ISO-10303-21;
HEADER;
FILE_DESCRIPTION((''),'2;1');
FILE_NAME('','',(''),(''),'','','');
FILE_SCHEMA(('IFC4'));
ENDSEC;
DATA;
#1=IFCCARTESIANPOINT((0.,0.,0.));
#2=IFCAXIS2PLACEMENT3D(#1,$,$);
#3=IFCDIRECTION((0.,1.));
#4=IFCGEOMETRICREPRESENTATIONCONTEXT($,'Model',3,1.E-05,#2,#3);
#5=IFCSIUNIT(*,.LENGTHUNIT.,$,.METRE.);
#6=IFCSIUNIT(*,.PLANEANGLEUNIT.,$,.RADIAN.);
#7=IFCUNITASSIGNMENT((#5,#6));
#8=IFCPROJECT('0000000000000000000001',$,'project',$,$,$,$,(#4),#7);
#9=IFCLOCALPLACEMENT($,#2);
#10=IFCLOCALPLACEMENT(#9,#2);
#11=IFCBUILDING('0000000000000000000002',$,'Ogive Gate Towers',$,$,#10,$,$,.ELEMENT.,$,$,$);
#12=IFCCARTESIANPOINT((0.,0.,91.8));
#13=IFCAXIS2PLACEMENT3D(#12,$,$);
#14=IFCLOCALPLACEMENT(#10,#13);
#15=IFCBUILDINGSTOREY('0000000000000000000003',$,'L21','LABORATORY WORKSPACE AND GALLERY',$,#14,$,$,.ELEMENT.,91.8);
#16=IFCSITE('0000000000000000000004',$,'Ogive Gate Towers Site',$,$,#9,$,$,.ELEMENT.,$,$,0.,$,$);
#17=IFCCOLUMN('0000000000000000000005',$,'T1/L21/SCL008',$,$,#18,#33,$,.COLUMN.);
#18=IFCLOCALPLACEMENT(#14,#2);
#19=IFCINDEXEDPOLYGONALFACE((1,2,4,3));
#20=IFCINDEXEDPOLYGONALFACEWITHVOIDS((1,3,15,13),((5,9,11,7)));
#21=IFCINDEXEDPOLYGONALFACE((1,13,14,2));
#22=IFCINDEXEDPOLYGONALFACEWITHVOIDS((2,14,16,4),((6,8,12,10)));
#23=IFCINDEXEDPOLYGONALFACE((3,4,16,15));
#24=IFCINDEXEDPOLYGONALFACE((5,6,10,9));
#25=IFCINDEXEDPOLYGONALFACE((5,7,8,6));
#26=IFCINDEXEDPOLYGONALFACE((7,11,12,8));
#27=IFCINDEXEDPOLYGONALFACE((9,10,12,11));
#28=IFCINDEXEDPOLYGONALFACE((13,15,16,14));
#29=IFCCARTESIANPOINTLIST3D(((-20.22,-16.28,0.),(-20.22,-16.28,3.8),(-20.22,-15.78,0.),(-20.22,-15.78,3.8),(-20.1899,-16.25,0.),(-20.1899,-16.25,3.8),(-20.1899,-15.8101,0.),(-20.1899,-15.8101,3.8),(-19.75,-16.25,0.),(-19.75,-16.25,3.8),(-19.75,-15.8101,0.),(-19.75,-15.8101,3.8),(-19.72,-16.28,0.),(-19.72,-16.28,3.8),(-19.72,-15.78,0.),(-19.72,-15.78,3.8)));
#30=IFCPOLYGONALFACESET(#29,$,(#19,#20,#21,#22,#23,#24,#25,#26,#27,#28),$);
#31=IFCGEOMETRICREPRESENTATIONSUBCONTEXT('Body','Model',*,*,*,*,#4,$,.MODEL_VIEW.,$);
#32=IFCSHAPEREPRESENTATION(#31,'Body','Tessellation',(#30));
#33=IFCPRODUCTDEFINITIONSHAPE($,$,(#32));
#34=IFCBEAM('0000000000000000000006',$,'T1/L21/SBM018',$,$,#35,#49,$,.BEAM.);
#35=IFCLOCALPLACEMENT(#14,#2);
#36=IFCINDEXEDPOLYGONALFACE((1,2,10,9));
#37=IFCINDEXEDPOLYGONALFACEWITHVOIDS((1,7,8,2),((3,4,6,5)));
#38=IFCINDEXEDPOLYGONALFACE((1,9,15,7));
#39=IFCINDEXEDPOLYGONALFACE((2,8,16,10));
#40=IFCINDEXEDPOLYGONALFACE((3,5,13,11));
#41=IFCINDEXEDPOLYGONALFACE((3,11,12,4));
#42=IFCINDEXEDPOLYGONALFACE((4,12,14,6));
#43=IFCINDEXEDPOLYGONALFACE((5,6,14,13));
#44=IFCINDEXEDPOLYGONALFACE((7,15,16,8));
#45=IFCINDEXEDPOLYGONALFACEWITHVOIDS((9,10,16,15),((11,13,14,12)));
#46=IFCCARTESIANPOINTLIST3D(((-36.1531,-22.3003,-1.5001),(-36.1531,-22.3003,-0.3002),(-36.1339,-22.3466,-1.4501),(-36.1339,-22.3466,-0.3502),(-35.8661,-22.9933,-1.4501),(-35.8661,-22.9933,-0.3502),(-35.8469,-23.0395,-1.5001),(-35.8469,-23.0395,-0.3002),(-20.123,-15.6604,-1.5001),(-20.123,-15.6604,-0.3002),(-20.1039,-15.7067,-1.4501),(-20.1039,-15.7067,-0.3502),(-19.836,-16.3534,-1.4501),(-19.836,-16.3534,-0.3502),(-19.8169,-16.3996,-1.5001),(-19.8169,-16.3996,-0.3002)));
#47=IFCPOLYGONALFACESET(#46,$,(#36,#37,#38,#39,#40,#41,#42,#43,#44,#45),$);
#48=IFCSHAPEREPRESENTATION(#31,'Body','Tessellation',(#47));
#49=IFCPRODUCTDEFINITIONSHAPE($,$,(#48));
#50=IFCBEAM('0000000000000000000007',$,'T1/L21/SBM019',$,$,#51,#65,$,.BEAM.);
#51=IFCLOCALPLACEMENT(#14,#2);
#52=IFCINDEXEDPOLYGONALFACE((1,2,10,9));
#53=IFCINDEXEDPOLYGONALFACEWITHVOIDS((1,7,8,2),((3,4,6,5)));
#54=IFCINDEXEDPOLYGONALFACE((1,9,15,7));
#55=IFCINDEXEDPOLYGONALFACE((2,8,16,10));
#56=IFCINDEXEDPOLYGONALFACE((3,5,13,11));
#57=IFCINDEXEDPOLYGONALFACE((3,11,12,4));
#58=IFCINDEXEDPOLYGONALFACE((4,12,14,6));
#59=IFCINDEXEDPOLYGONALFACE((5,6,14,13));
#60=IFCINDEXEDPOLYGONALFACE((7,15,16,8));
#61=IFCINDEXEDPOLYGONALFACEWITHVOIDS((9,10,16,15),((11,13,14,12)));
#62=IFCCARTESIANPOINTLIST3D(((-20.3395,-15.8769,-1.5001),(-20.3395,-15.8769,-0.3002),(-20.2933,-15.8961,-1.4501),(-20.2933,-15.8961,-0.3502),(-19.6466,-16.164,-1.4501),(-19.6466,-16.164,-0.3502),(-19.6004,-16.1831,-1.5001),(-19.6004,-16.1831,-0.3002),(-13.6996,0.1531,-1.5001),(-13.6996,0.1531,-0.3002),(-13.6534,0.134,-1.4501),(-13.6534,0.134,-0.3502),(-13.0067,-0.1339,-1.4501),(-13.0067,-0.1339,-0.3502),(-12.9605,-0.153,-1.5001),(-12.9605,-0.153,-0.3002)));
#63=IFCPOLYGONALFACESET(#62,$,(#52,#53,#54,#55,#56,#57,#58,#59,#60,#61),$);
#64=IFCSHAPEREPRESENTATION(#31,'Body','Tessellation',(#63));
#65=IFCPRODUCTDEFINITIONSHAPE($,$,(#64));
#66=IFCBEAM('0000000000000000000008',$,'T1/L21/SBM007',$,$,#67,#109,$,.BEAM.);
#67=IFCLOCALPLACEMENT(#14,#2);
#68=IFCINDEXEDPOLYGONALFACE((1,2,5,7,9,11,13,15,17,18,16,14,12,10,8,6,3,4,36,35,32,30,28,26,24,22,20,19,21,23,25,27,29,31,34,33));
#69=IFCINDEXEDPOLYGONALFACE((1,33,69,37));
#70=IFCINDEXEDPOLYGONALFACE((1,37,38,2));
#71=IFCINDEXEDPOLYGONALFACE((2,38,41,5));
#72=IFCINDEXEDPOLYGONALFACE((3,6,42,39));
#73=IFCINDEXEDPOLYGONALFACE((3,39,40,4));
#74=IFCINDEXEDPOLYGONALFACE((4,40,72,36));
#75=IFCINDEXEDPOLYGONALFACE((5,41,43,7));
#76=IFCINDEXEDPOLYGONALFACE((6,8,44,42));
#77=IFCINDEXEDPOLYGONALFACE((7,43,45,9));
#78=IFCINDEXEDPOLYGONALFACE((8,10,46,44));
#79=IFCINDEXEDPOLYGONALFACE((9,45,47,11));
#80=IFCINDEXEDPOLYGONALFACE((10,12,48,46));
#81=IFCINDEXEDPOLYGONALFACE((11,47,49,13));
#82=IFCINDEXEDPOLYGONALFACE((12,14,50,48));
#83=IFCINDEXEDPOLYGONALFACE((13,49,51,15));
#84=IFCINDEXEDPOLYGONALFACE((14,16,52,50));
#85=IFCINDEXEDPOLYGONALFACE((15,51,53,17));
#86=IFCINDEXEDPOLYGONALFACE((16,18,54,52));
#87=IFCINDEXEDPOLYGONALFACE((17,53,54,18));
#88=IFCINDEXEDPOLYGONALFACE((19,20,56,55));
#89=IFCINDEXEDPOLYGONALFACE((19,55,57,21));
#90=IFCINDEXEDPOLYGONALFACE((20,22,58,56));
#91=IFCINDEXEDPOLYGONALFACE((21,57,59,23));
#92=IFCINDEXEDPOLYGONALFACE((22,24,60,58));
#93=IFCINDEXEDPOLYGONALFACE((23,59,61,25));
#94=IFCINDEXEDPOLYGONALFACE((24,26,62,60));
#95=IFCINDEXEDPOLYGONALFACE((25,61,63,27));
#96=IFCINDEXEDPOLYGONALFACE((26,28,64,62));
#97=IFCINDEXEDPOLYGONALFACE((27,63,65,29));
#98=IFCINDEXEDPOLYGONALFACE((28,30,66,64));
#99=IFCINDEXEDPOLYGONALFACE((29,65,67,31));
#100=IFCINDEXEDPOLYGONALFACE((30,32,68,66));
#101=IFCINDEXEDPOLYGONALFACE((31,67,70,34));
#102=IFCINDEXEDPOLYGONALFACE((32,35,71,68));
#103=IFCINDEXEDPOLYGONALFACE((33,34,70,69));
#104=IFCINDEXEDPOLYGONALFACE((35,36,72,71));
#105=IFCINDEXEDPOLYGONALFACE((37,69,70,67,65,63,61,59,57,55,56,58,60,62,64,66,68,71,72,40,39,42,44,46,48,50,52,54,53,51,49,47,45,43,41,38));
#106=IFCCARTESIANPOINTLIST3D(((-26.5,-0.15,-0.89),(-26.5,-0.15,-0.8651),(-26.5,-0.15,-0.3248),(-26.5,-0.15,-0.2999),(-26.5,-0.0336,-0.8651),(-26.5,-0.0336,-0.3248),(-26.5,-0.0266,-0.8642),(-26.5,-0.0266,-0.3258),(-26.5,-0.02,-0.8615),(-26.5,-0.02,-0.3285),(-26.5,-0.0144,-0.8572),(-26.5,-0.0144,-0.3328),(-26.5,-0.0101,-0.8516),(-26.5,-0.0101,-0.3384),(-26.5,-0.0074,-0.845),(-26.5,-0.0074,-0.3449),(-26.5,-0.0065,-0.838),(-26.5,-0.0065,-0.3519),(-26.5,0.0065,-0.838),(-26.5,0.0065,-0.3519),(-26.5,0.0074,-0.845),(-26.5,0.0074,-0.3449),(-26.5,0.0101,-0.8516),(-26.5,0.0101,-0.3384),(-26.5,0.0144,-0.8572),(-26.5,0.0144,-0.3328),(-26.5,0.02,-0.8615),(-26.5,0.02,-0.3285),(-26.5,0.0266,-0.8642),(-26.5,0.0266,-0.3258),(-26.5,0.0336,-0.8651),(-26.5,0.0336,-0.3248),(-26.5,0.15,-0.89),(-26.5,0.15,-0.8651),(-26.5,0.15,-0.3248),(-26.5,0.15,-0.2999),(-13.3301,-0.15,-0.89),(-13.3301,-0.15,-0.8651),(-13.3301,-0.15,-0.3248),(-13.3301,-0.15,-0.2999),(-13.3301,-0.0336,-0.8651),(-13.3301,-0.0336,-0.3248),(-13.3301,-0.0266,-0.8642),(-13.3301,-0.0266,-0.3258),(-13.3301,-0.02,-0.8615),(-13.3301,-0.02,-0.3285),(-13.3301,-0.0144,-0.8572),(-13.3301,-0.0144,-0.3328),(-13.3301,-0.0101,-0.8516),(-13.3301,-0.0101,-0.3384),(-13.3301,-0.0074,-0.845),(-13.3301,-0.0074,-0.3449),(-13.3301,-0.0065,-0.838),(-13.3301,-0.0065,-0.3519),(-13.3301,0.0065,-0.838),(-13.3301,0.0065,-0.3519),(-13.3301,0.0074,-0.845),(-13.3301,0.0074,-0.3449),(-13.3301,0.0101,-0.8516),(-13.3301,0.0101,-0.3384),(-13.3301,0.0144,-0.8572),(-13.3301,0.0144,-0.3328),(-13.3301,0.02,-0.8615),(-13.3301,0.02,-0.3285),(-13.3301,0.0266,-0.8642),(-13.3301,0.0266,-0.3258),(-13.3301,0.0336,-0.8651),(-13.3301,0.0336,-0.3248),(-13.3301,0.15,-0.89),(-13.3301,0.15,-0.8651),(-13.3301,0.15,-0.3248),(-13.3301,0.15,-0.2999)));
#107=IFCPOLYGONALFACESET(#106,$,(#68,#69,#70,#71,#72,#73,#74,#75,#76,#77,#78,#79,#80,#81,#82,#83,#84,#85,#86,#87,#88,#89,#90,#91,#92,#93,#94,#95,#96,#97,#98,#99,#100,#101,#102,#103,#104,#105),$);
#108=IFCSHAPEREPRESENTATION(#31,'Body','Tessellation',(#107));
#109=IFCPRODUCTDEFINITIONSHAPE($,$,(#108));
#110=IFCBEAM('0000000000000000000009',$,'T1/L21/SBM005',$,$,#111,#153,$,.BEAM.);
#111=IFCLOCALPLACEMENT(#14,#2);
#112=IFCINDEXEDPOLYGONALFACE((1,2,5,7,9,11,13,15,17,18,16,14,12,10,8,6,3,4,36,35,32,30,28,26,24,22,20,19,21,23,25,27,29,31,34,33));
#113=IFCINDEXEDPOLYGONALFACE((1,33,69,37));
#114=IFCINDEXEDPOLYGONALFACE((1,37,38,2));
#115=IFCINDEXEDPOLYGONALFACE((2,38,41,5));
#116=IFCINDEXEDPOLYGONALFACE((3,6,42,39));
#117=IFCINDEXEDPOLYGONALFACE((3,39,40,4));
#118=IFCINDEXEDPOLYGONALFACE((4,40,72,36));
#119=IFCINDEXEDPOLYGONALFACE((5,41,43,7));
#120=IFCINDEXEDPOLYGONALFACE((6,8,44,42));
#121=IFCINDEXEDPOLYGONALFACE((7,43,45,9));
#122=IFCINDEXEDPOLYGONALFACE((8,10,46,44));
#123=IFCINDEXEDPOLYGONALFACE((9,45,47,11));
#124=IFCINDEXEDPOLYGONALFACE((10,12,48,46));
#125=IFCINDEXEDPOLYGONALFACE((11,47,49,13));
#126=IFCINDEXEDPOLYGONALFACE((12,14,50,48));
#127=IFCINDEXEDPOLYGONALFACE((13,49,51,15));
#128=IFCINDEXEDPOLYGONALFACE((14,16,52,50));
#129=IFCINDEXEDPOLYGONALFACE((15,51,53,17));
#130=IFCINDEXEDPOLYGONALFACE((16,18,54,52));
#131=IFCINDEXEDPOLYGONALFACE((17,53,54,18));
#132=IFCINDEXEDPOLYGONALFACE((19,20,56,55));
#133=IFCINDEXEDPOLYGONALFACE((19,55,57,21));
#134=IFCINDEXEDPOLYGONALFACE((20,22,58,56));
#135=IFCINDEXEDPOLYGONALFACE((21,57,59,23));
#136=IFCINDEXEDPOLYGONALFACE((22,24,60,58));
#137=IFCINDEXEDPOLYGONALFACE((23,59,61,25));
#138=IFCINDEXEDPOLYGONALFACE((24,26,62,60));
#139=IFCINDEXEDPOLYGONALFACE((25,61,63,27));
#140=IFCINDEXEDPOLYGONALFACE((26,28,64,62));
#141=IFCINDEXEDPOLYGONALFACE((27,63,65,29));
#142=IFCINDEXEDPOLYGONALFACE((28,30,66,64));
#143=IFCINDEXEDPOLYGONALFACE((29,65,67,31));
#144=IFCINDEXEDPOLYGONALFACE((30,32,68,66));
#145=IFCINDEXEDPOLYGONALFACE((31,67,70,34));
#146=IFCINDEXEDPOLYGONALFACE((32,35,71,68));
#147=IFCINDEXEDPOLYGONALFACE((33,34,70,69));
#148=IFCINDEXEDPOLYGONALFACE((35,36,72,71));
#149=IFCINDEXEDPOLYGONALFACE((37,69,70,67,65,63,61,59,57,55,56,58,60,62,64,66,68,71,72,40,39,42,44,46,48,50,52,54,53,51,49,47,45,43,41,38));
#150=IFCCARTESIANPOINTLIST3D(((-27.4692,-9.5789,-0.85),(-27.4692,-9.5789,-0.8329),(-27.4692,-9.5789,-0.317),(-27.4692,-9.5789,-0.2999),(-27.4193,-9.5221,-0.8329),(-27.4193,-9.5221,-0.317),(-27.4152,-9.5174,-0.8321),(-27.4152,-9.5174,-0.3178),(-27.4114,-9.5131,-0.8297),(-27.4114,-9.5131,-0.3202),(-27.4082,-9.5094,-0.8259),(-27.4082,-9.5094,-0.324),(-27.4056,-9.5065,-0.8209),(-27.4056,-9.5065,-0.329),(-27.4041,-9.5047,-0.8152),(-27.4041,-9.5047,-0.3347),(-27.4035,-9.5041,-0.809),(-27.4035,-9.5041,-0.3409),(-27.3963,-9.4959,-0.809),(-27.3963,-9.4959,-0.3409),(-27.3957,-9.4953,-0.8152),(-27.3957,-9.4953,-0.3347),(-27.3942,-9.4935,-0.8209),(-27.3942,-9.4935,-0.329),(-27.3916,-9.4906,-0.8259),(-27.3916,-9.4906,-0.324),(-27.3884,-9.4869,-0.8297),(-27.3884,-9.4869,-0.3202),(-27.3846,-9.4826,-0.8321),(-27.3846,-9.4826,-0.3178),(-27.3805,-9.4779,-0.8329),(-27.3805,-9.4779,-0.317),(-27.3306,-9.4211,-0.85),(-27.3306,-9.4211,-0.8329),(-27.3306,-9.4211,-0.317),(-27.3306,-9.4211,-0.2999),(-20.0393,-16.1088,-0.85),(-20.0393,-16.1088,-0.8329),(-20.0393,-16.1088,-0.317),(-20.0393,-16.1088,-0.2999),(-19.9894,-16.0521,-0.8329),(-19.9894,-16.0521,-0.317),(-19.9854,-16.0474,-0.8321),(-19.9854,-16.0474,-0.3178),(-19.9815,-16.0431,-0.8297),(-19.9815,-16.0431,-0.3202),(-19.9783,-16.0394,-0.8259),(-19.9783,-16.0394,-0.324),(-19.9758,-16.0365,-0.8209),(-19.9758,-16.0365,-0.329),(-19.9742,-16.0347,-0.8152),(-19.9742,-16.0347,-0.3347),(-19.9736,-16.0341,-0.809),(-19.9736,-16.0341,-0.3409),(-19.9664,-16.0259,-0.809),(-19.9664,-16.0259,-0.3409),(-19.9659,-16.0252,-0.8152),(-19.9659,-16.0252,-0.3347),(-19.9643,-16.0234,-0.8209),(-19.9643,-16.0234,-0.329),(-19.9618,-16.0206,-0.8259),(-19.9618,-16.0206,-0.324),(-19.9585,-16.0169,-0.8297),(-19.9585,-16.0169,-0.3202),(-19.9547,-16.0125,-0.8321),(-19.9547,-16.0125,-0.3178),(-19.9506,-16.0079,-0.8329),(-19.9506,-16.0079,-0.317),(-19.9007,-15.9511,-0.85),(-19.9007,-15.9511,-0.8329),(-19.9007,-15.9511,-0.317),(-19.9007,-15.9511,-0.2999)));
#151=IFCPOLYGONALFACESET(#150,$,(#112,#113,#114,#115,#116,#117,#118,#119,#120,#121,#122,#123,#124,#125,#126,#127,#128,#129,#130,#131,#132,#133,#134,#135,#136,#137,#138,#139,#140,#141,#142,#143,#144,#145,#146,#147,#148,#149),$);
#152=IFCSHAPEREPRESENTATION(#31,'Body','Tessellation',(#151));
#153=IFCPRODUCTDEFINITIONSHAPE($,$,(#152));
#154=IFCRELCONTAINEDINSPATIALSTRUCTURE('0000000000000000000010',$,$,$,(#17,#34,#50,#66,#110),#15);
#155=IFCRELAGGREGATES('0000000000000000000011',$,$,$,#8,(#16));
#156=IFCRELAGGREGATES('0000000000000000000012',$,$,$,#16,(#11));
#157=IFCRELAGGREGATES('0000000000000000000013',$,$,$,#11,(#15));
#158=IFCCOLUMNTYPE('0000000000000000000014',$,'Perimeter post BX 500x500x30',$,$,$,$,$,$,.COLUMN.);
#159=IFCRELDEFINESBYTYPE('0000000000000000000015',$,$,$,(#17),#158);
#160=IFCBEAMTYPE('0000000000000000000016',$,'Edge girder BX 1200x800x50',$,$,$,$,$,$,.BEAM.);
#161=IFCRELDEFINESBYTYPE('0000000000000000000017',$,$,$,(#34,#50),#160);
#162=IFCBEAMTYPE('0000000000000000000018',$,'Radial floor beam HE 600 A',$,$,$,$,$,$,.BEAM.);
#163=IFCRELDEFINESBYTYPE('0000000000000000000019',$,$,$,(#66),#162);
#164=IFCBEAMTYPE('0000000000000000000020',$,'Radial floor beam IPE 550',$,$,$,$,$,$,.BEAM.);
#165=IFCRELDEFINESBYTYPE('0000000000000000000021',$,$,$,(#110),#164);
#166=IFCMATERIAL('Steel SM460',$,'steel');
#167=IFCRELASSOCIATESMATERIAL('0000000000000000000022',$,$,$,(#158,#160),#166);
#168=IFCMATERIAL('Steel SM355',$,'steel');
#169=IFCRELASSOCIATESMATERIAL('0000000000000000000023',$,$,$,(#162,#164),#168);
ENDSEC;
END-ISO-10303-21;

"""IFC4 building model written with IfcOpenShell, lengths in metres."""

from ifc_helpers import new_model, si_unit, direction, frame, origin, origin_2d, place, context, subcontext, project, spatial, hollow_rectangle, i_section, extrude, material, material_profile, profile_set, type_object, element, save


model = new_model("IFC4")

# Units and contexts
model_context = context("Model", 3, precision=1e-05, world=origin(), true_north=direction((0.0, 1.0)))
body_context = subcontext(model_context, "Body", "Model", "MODEL_VIEW")
ifc_project = project(units=[si_unit("LENGTHUNIT", "METRE"), si_unit("PLANEANGLEUNIT", "RADIAN")], contexts=[model_context])

# Site, building, storey
site_placement = place(None, origin())
site = spatial("IfcSite", under=ifc_project, at=site_placement, Name="Ogive Gate Towers Site", CompositionType="ELEMENT", RefElevation=0.0)
building_placement = place(site_placement, origin())
building = spatial("IfcBuilding", under=site, at=building_placement, Name="Ogive Gate Towers", CompositionType="ELEMENT")
storey_placement = place(building_placement, frame((0.0, 0.0, 91.8)))
storey = spatial("IfcBuildingStorey", under=building, at=storey_placement, Name="L21", Description="LABORATORY WORKSPACE AND GALLERY", CompositionType="ELEMENT", Elevation=91.8)

# Column
ifc_material_1 = material(Name="Steel SM460", Category="steel")
ifc_material_profile_1 = material_profile(ifc_material_1, hollow_rectangle(XDim=0.5, YDim=0.5, WallThickness=0.03, at=origin_2d()), Name="BX 500x500x30")
ifc_profile_set_1 = profile_set([ifc_material_profile_1], Name="Steel SM460")
column_type = type_object("IfcColumnType", Name="Perimeter post BX 500x500x30", PredefinedType="COLUMN", material=ifc_profile_set_1)
column_placement = place(storey_placement, frame((-19.97, -16.03, 0.0), z_axis=(0.0, 0.0, 1.0), x_axis=(1.0, 0.0, 0.0)))
element("IfcColumn", 1, at=column_placement, inside=storey, type_object=column_type, Name="T1/L21/SCL008", PredefinedType="COLUMN", context=body_context, shape_type="SweptSolid", body=[
    extrude(hollow_rectangle(XDim=0.5, YDim=0.5, WallThickness=0.03, at=origin_2d()), origin(), (0.0, 0.0, 1.0), 3.8),
])

# Beams
ifc_material_profile_2 = material_profile(ifc_material_1, hollow_rectangle(XDim=0.8, YDim=1.2, WallThickness=0.05, at=origin_2d()), Name="BX 1200x800x50")
ifc_profile_set_2 = profile_set([ifc_material_profile_2], Name="Steel SM460")
beam_type_1 = type_object("IfcBeamType", Name="Edge girder BX 1200x800x50", PredefinedType="BEAM", material=ifc_profile_set_2)
for number, where, z_axis, x_axis, name in (
    (2, (-36.0, -22.6699, -0.9001), (0.923879, 0.382685, 0.0), (-0.382685, 0.923879, 0.0), "T1/L21/SBM018"),
    (3, (-19.97, -16.03, -0.9001), (0.382685, 0.923879, 0.0), (-0.923879, 0.382685, 0.0), "T1/L21/SBM019"),
):
    element("IfcBeam", number, at=place(storey_placement, frame(where, z_axis=z_axis, x_axis=x_axis)), inside=storey, type_object=beam_type_1, Name=name, PredefinedType="BEAM", context=body_context, shape_type="SweptSolid", body=[
        extrude(hollow_rectangle(XDim=0.8, YDim=1.2, WallThickness=0.05, at=origin_2d()), origin(), (0.0, 0.0, 1.0), 17.3508),
    ])
ifc_material_2 = material(Name="Steel SM355", Category="steel")
ifc_material_profile_3 = material_profile(ifc_material_2, i_section(OverallWidth=0.3, OverallDepth=0.5901, WebThickness=0.0129, FlangeThickness=0.0249, FilletRadius=0.0271, at=origin_2d()), Name="HE 600 A")
ifc_profile_set_3 = profile_set([ifc_material_profile_3], Name="Steel SM355")
beam_type_2 = type_object("IfcBeamType", Name="Radial floor beam HE 600 A", PredefinedType="BEAM", material=ifc_profile_set_3)
beam_1_placement = place(storey_placement, frame((-26.5, 0.0, -0.595), z_axis=(1.0, 0.0, 0.0), x_axis=(0.0, 1.0, 0.0)))
element("IfcBeam", 4, at=beam_1_placement, inside=storey, type_object=beam_type_2, Name="T1/L21/SBM007", PredefinedType="BEAM", context=body_context, shape_type="SweptSolid", body=[
    extrude(i_section(OverallWidth=0.3, OverallDepth=0.5901, WebThickness=0.0129, FlangeThickness=0.0249, FilletRadius=0.0271, at=origin_2d()), origin(), (0.0, 0.0, 1.0), 13.1699),
])
ifc_material_profile_4 = material_profile(ifc_material_2, i_section(OverallWidth=0.21, OverallDepth=0.55, WebThickness=0.011, FlangeThickness=0.0171, FilletRadius=0.0239, at=origin_2d()), Name="IPE 550")
ifc_profile_set_4 = profile_set([ifc_material_profile_4], Name="Steel SM355")
beam_type_3 = type_object("IfcBeamType", Name="Radial floor beam IPE 550", PredefinedType="BEAM", material=ifc_profile_set_4)
beam_2_placement = place(storey_placement, frame((-27.3999, -9.5, -0.575), z_axis=(0.75113, -0.660154, 0.0), x_axis=(0.660154, 0.75113, 0.0)))
element("IfcBeam", 5, at=beam_2_placement, inside=storey, type_object=beam_type_3, Name="T1/L21/SBM005", PredefinedType="BEAM", context=body_context, shape_type="SweptSolid", body=[
    extrude(i_section(OverallWidth=0.21, OverallDepth=0.55, WebThickness=0.011, FlangeThickness=0.0171, FilletRadius=0.0239, at=origin_2d()), origin(), (0.0, 0.0, 1.0), 9.8916),
])

save(model, "model.ifc")
